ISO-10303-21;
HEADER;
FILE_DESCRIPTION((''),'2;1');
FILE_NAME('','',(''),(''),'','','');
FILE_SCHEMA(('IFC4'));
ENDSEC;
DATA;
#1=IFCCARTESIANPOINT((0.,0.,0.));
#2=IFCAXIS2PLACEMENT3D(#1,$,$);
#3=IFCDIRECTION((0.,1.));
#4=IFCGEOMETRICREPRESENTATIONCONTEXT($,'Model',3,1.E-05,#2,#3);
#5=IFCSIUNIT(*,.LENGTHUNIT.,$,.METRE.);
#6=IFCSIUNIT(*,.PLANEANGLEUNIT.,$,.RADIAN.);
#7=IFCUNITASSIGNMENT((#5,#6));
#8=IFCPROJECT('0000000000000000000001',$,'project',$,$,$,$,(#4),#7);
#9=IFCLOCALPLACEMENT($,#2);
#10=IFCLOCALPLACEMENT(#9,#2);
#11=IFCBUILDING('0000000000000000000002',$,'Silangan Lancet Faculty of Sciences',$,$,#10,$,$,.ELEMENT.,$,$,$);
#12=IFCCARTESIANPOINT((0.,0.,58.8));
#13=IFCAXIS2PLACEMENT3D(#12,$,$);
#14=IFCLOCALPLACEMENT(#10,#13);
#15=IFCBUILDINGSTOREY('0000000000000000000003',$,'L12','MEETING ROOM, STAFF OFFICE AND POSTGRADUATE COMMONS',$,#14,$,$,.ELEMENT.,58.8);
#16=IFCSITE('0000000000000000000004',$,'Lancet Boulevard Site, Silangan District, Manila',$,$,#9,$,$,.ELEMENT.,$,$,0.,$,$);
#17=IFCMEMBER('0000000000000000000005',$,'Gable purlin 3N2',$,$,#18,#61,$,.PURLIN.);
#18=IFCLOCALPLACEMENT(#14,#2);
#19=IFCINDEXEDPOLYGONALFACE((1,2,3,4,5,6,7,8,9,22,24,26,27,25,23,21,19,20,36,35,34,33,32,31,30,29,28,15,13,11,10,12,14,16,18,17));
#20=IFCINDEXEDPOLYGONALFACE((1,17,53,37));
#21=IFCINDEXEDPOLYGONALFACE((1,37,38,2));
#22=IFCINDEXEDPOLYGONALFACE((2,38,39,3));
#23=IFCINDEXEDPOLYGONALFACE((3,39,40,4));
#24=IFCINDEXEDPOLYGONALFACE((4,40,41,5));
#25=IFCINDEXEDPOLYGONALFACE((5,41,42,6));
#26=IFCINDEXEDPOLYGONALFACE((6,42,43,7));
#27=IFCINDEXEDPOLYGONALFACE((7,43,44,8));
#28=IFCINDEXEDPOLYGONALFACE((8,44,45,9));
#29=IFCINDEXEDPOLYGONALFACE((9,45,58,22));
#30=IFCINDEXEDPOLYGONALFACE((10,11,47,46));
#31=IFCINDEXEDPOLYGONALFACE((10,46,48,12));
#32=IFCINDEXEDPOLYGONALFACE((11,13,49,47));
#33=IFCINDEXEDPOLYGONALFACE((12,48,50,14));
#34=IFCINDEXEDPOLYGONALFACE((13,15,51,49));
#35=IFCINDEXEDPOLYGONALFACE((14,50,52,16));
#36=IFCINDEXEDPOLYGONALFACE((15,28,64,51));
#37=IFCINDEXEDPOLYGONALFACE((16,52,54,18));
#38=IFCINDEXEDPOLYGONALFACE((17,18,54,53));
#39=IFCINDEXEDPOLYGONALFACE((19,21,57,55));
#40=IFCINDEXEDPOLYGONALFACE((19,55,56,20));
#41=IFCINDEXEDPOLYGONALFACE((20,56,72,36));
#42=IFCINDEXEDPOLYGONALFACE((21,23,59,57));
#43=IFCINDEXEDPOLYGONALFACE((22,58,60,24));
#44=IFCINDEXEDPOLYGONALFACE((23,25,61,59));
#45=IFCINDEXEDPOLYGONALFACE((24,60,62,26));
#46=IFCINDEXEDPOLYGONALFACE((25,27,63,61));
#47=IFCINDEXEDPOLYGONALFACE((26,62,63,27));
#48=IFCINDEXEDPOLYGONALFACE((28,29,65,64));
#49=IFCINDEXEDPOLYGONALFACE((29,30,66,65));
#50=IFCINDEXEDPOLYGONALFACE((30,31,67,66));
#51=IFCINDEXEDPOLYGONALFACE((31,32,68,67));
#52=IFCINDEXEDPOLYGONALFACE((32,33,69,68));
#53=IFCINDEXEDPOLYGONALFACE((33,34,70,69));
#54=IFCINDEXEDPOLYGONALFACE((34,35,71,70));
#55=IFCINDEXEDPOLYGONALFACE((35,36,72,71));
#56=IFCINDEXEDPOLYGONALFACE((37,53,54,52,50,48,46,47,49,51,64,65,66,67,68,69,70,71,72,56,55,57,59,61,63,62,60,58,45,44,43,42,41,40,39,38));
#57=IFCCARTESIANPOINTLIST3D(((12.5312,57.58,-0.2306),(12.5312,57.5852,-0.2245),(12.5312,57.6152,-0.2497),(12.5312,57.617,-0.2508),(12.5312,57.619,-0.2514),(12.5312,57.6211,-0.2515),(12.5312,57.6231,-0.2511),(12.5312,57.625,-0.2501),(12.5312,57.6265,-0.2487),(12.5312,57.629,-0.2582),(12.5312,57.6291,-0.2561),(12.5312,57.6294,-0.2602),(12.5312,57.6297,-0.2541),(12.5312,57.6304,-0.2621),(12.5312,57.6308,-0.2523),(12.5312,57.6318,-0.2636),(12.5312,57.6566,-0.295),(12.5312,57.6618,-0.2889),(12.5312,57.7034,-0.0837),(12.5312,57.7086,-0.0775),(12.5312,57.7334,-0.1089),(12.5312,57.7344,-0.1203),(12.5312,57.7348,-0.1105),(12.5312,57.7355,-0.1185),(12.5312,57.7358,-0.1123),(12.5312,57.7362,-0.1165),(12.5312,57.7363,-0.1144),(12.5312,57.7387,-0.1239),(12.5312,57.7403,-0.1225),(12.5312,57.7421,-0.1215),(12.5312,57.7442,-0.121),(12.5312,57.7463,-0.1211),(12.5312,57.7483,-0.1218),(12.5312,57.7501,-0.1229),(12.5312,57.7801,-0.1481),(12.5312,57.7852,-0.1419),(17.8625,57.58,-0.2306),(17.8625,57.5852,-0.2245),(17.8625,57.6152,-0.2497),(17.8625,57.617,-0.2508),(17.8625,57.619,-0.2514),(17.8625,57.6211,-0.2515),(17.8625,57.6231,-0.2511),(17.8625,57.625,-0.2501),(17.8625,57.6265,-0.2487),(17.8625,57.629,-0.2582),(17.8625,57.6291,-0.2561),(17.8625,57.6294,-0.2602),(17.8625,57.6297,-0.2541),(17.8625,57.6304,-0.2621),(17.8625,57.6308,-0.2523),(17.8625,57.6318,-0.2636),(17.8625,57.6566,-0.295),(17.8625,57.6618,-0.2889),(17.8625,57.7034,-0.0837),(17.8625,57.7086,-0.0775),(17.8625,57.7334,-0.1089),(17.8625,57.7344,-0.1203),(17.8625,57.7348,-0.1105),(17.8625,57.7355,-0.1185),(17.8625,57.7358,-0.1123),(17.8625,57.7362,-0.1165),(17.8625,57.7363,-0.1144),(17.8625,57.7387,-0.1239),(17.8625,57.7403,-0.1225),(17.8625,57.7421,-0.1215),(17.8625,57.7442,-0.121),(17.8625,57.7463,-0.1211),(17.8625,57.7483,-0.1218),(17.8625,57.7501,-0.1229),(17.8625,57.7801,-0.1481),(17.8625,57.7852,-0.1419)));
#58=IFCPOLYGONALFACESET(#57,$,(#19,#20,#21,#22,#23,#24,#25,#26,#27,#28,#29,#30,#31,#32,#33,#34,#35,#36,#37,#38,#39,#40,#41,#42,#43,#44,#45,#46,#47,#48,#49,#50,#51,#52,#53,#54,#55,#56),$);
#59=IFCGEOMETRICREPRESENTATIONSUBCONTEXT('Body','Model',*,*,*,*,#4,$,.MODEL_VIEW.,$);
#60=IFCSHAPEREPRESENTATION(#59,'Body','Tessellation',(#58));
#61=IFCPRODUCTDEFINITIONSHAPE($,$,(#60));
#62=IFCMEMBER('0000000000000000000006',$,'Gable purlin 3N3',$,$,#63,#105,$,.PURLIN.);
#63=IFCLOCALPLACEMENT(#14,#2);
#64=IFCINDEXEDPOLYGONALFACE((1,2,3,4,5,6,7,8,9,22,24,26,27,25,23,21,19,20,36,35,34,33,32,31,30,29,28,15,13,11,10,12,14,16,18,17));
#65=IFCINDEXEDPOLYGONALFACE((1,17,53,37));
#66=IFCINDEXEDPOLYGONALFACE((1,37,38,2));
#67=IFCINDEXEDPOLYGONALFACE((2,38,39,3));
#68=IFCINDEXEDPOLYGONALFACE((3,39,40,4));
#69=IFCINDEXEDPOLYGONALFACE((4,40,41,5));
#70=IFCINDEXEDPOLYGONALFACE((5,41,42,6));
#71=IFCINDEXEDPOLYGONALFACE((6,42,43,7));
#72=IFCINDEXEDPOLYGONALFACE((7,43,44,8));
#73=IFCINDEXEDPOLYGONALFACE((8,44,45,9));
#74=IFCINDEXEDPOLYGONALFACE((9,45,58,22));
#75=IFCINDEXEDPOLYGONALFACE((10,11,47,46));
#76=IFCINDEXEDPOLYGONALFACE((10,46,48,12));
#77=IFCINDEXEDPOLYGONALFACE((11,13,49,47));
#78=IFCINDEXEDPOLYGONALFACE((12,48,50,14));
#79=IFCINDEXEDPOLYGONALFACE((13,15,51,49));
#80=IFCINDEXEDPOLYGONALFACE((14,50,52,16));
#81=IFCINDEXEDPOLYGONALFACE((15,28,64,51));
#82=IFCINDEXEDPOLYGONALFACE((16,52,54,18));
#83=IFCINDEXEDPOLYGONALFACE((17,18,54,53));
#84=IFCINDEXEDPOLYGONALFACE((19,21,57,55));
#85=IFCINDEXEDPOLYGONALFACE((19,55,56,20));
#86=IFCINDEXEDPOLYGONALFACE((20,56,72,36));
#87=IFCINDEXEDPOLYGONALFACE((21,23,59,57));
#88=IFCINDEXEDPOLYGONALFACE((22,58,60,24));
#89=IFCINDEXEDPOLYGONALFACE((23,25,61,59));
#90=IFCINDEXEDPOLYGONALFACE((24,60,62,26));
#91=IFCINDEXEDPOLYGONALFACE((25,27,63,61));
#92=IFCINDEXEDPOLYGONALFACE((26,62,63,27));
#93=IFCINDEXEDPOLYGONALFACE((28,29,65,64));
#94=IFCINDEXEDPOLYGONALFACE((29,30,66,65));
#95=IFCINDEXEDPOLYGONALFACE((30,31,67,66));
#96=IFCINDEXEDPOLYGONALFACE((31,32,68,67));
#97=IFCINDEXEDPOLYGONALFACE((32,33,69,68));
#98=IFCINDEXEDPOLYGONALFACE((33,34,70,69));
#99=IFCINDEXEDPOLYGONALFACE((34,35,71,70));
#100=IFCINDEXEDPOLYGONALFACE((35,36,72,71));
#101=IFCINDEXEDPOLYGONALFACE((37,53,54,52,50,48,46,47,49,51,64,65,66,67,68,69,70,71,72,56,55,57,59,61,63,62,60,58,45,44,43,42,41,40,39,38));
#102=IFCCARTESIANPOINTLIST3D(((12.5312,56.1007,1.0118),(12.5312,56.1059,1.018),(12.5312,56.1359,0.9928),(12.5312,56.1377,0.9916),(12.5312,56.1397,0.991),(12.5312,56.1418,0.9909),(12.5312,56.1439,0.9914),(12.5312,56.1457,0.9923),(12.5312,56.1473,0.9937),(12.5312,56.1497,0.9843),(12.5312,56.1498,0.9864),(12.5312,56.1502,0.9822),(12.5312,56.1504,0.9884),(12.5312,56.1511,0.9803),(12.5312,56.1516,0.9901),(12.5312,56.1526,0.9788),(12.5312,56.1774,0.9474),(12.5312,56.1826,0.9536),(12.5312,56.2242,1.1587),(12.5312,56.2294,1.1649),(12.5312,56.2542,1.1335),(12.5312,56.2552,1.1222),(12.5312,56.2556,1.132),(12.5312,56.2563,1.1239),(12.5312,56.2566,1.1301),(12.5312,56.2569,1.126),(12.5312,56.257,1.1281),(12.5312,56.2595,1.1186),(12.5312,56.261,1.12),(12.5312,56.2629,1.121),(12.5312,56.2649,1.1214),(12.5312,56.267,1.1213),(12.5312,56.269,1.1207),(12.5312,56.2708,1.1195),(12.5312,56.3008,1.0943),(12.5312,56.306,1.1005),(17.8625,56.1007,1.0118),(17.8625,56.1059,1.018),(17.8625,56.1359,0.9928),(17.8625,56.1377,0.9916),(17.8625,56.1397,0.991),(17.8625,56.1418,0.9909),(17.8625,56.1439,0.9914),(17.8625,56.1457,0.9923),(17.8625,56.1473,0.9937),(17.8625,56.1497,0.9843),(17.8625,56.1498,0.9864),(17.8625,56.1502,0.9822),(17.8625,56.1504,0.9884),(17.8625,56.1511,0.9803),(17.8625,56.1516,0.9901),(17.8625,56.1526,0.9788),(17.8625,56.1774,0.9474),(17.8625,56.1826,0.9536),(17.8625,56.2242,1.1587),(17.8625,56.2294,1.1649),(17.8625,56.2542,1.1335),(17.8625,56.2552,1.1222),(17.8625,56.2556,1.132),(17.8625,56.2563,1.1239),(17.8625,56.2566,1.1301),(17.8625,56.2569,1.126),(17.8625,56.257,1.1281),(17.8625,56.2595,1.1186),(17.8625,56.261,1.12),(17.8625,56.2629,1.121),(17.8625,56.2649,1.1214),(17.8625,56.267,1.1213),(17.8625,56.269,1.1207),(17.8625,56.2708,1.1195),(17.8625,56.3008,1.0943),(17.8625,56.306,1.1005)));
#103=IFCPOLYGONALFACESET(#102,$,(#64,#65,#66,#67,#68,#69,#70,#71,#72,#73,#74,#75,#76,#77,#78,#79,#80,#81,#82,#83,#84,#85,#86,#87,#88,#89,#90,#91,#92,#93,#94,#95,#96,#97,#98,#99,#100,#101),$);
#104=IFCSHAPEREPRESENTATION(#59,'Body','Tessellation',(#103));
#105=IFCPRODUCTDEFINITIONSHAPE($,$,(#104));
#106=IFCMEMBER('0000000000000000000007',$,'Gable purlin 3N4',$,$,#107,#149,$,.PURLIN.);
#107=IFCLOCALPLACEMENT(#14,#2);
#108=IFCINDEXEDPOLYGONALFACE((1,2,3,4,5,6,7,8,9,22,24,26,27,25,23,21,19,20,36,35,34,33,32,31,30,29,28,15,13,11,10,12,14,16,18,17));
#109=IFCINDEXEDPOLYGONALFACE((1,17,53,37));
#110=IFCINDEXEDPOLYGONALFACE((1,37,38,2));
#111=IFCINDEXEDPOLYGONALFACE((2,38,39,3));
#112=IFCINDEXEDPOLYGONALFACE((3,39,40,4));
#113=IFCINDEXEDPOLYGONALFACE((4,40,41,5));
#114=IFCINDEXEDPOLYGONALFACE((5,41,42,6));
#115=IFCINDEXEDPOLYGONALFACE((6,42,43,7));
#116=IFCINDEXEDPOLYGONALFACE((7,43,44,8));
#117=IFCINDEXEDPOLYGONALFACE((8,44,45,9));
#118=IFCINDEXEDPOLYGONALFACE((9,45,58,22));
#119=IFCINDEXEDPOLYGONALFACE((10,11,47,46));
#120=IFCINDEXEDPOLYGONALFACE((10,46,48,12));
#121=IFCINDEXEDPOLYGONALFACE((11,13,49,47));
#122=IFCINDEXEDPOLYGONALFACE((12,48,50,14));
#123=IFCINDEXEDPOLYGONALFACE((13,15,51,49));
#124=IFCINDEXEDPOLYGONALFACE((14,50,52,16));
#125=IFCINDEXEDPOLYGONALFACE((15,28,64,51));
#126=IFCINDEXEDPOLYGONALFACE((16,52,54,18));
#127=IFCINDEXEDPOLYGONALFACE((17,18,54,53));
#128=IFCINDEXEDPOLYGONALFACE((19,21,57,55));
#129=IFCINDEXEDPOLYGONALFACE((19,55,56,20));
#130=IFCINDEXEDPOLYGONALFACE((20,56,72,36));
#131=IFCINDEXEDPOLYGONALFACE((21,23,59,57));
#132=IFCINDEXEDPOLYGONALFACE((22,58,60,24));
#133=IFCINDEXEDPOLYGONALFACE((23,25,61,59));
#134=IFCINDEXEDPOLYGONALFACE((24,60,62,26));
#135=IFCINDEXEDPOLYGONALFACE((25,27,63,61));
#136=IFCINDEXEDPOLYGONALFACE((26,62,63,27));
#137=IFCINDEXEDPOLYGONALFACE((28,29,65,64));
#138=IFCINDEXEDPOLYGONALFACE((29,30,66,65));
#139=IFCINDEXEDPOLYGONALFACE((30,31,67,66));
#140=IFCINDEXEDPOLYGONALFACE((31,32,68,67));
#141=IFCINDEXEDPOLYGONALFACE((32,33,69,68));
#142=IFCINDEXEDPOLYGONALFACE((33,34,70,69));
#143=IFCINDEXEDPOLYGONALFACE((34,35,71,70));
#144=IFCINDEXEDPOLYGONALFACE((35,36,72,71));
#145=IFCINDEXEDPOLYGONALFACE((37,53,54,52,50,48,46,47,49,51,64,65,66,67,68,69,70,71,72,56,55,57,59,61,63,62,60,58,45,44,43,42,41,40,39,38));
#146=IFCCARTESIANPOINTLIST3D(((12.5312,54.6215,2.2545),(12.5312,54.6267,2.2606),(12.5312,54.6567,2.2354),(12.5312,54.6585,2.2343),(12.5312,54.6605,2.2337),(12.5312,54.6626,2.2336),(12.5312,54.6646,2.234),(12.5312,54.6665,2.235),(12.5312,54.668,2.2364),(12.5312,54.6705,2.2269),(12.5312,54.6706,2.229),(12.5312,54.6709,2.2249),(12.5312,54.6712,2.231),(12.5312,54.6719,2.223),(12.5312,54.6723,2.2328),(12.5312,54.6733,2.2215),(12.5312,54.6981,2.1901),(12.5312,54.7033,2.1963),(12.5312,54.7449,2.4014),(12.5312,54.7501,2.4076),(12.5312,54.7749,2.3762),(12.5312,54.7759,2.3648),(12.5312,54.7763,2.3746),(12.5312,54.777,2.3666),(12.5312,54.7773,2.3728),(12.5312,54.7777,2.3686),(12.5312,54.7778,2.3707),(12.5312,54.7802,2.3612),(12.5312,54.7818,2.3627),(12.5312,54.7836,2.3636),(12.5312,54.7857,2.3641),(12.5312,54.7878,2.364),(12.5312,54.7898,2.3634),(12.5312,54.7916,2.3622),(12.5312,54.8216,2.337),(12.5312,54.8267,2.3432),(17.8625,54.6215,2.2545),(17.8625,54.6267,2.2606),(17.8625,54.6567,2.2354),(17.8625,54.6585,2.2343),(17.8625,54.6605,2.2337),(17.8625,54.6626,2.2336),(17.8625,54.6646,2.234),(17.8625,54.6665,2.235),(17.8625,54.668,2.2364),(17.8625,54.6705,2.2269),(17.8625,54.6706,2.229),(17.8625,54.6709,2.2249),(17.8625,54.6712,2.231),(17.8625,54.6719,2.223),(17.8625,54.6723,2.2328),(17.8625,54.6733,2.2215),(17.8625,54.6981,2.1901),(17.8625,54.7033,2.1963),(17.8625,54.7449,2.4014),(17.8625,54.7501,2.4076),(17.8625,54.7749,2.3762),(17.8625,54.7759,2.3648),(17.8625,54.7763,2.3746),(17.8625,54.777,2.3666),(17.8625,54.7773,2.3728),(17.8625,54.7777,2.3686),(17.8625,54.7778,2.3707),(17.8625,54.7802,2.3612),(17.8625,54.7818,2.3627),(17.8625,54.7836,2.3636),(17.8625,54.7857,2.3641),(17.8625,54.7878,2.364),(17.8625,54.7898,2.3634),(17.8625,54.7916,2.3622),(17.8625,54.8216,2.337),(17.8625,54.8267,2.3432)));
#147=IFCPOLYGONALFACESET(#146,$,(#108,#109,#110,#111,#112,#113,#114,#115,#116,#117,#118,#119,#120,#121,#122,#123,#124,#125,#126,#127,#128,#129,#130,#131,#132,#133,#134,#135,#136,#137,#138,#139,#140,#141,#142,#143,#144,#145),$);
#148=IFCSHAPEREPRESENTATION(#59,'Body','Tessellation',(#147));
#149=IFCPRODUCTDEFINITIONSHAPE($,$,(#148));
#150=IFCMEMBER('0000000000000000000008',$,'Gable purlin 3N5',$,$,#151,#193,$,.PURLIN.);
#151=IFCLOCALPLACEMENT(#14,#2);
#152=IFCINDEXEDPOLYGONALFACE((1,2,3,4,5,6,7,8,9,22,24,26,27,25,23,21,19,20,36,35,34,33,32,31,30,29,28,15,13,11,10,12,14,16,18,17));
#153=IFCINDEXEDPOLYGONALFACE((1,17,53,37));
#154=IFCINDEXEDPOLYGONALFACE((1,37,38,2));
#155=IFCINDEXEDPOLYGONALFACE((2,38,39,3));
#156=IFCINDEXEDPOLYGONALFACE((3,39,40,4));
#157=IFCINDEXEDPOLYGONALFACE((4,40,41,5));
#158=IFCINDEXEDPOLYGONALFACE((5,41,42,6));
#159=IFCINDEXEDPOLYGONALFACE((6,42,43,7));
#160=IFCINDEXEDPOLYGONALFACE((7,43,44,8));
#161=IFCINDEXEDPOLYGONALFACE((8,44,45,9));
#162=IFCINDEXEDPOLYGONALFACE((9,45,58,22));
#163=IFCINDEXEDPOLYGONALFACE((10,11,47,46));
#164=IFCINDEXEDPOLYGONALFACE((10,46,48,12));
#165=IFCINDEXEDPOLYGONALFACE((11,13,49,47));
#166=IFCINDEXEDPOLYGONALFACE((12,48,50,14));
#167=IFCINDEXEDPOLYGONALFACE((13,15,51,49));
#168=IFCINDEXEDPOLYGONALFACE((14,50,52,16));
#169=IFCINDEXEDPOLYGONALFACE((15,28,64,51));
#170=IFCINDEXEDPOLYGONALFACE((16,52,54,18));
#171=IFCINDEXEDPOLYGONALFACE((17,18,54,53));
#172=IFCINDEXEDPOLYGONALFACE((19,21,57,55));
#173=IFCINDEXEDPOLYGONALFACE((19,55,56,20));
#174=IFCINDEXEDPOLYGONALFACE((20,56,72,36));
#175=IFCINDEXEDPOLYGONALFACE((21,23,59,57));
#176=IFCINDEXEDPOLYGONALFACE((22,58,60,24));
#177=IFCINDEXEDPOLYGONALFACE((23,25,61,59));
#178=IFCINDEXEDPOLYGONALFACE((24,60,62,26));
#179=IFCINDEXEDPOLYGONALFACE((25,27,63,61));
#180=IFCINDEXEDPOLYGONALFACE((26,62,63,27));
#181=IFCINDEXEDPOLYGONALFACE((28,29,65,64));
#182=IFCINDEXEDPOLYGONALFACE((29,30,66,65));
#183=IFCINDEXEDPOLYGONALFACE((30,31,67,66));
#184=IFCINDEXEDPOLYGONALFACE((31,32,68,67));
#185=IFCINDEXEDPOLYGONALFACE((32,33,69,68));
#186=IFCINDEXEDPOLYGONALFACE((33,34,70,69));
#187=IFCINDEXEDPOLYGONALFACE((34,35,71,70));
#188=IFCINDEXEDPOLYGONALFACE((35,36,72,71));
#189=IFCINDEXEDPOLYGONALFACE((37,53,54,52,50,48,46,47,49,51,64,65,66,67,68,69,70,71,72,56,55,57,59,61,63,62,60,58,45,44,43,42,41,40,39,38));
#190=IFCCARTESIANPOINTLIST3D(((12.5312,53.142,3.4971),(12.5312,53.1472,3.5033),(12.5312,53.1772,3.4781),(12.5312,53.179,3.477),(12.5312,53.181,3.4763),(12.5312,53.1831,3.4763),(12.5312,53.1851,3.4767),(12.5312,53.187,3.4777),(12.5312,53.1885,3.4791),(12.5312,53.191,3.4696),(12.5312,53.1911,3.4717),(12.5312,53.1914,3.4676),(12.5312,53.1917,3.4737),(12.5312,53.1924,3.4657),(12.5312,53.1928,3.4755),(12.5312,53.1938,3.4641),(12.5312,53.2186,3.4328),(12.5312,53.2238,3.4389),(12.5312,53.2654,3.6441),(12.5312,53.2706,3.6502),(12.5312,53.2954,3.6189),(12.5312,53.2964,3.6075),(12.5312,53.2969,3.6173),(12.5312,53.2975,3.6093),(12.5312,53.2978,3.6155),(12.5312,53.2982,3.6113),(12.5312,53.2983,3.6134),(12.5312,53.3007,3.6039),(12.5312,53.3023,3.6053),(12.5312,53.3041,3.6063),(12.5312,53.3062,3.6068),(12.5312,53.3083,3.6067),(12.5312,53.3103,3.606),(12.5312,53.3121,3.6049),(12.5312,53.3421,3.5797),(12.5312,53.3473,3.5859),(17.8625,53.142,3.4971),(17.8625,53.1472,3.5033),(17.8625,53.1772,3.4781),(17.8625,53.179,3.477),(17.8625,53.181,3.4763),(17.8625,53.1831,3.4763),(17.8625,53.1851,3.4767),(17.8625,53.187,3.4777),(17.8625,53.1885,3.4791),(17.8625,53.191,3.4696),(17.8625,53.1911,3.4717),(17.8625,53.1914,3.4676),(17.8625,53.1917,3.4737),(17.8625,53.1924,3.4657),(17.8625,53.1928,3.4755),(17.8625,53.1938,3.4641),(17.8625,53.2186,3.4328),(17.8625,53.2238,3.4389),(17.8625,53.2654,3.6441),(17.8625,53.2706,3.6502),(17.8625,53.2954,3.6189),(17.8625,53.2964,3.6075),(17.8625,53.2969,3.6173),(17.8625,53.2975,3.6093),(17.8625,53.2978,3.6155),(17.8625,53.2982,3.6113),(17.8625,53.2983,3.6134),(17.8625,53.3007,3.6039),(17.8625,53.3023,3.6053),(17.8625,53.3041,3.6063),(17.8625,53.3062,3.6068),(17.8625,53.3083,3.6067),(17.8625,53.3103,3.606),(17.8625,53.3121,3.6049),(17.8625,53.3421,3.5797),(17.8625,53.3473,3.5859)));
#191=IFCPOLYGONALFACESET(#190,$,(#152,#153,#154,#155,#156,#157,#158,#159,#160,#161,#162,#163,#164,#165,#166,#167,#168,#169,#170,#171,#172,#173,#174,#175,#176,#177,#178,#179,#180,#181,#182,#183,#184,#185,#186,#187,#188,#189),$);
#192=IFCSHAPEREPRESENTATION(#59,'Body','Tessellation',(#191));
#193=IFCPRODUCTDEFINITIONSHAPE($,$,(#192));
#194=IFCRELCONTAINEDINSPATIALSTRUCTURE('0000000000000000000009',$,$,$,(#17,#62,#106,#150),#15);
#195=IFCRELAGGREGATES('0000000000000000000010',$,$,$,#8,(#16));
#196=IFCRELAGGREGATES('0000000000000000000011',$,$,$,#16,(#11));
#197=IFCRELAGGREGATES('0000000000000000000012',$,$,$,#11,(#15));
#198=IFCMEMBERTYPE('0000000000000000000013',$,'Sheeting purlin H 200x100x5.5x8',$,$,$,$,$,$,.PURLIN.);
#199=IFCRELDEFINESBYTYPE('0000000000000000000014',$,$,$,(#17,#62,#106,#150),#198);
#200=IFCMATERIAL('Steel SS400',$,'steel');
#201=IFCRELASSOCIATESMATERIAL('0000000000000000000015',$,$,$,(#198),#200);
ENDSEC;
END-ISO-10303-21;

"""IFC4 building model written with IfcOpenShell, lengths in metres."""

from ifc_helpers import new_model, si_unit, direction, frame, origin, origin_2d, place, context, subcontext, project, spatial, i_section, extrude, material, material_profile, profile_set, type_object, element, save


model = new_model("IFC4")

# Units and contexts
model_context = context("Model", 3, precision=1e-05, world=origin(), true_north=direction((0.0, 1.0)))
body_context = subcontext(model_context, "Body", "Model", "MODEL_VIEW")
ifc_project = project(units=[si_unit("LENGTHUNIT", "METRE"), si_unit("PLANEANGLEUNIT", "RADIAN")], contexts=[model_context])

# Site, building, storey
site_placement = place(None, origin())
site = spatial("IfcSite", under=ifc_project, at=site_placement, Name="Lancet Boulevard Site, Silangan District, Manila", CompositionType="ELEMENT", RefElevation=0.0)
building_placement = place(site_placement, origin())
building = spatial("IfcBuilding", under=site, at=building_placement, Name="Silangan Lancet Faculty of Sciences", CompositionType="ELEMENT")
storey_placement = place(building_placement, frame((0.0, 0.0, 58.8)))
storey = spatial("IfcBuildingStorey", under=building, at=storey_placement, Name="L12", Description="MEETING ROOM, STAFF OFFICE AND POSTGRADUATE COMMONS", CompositionType="ELEMENT", Elevation=58.8)

# Members
ifc_material_1 = material(Name="Steel SS400", Category="steel")
ifc_material_profile_1 = material_profile(ifc_material_1, i_section(OverallWidth=0.1001, OverallDepth=0.2, WebThickness=0.0056, FlangeThickness=0.0081, FilletRadius=0.0081, at=origin_2d()), Name="H 200x100x5.5x8")
ifc_profile_set_1 = profile_set([ifc_material_profile_1], Name="Steel SS400")
member_type_1 = type_object("IfcMemberType", Name="Sheeting purlin H 200x100x5.5x8", PredefinedType="PURLIN", material=ifc_profile_set_1)
for number, where, z_axis, x_axis, name in (
    (1, (12.5312, 57.6826, -0.1863), (1.0, 0.0, 0.0), (0.0, 0.765705, -0.643192), "Gable purlin 3N2"),
    (2, (12.5312, 56.2034, 1.0562), (1.0, 0.0, 0.0), (0.0, 0.765705, -0.643192), "Gable purlin 3N3"),
    (3, (12.5312, 54.7241, 2.2988), (1.0, 0.0, 0.0), (0.0, 0.765705, -0.643192), "Gable purlin 3N4"),
    (4, (12.5312, 53.2446, 3.5415), (1.0, 0.0, 0.0), (0.0, 0.765705, -0.643192), "Gable purlin 3N5"),
):
    element("IfcMember", number, at=place(storey_placement, frame(where, z_axis=z_axis, x_axis=x_axis)), inside=storey, type_object=member_type_1, Name=name, PredefinedType="PURLIN", context=body_context, shape_type="SweptSolid", body=[
        extrude(i_section(OverallWidth=0.1001, OverallDepth=0.2, WebThickness=0.0056, FlangeThickness=0.0081, FilletRadius=0.0081, at=origin_2d()), origin(), (0.0, 0.0, 1.0), 5.3313),
    ])

save(model, "model.ifc")
